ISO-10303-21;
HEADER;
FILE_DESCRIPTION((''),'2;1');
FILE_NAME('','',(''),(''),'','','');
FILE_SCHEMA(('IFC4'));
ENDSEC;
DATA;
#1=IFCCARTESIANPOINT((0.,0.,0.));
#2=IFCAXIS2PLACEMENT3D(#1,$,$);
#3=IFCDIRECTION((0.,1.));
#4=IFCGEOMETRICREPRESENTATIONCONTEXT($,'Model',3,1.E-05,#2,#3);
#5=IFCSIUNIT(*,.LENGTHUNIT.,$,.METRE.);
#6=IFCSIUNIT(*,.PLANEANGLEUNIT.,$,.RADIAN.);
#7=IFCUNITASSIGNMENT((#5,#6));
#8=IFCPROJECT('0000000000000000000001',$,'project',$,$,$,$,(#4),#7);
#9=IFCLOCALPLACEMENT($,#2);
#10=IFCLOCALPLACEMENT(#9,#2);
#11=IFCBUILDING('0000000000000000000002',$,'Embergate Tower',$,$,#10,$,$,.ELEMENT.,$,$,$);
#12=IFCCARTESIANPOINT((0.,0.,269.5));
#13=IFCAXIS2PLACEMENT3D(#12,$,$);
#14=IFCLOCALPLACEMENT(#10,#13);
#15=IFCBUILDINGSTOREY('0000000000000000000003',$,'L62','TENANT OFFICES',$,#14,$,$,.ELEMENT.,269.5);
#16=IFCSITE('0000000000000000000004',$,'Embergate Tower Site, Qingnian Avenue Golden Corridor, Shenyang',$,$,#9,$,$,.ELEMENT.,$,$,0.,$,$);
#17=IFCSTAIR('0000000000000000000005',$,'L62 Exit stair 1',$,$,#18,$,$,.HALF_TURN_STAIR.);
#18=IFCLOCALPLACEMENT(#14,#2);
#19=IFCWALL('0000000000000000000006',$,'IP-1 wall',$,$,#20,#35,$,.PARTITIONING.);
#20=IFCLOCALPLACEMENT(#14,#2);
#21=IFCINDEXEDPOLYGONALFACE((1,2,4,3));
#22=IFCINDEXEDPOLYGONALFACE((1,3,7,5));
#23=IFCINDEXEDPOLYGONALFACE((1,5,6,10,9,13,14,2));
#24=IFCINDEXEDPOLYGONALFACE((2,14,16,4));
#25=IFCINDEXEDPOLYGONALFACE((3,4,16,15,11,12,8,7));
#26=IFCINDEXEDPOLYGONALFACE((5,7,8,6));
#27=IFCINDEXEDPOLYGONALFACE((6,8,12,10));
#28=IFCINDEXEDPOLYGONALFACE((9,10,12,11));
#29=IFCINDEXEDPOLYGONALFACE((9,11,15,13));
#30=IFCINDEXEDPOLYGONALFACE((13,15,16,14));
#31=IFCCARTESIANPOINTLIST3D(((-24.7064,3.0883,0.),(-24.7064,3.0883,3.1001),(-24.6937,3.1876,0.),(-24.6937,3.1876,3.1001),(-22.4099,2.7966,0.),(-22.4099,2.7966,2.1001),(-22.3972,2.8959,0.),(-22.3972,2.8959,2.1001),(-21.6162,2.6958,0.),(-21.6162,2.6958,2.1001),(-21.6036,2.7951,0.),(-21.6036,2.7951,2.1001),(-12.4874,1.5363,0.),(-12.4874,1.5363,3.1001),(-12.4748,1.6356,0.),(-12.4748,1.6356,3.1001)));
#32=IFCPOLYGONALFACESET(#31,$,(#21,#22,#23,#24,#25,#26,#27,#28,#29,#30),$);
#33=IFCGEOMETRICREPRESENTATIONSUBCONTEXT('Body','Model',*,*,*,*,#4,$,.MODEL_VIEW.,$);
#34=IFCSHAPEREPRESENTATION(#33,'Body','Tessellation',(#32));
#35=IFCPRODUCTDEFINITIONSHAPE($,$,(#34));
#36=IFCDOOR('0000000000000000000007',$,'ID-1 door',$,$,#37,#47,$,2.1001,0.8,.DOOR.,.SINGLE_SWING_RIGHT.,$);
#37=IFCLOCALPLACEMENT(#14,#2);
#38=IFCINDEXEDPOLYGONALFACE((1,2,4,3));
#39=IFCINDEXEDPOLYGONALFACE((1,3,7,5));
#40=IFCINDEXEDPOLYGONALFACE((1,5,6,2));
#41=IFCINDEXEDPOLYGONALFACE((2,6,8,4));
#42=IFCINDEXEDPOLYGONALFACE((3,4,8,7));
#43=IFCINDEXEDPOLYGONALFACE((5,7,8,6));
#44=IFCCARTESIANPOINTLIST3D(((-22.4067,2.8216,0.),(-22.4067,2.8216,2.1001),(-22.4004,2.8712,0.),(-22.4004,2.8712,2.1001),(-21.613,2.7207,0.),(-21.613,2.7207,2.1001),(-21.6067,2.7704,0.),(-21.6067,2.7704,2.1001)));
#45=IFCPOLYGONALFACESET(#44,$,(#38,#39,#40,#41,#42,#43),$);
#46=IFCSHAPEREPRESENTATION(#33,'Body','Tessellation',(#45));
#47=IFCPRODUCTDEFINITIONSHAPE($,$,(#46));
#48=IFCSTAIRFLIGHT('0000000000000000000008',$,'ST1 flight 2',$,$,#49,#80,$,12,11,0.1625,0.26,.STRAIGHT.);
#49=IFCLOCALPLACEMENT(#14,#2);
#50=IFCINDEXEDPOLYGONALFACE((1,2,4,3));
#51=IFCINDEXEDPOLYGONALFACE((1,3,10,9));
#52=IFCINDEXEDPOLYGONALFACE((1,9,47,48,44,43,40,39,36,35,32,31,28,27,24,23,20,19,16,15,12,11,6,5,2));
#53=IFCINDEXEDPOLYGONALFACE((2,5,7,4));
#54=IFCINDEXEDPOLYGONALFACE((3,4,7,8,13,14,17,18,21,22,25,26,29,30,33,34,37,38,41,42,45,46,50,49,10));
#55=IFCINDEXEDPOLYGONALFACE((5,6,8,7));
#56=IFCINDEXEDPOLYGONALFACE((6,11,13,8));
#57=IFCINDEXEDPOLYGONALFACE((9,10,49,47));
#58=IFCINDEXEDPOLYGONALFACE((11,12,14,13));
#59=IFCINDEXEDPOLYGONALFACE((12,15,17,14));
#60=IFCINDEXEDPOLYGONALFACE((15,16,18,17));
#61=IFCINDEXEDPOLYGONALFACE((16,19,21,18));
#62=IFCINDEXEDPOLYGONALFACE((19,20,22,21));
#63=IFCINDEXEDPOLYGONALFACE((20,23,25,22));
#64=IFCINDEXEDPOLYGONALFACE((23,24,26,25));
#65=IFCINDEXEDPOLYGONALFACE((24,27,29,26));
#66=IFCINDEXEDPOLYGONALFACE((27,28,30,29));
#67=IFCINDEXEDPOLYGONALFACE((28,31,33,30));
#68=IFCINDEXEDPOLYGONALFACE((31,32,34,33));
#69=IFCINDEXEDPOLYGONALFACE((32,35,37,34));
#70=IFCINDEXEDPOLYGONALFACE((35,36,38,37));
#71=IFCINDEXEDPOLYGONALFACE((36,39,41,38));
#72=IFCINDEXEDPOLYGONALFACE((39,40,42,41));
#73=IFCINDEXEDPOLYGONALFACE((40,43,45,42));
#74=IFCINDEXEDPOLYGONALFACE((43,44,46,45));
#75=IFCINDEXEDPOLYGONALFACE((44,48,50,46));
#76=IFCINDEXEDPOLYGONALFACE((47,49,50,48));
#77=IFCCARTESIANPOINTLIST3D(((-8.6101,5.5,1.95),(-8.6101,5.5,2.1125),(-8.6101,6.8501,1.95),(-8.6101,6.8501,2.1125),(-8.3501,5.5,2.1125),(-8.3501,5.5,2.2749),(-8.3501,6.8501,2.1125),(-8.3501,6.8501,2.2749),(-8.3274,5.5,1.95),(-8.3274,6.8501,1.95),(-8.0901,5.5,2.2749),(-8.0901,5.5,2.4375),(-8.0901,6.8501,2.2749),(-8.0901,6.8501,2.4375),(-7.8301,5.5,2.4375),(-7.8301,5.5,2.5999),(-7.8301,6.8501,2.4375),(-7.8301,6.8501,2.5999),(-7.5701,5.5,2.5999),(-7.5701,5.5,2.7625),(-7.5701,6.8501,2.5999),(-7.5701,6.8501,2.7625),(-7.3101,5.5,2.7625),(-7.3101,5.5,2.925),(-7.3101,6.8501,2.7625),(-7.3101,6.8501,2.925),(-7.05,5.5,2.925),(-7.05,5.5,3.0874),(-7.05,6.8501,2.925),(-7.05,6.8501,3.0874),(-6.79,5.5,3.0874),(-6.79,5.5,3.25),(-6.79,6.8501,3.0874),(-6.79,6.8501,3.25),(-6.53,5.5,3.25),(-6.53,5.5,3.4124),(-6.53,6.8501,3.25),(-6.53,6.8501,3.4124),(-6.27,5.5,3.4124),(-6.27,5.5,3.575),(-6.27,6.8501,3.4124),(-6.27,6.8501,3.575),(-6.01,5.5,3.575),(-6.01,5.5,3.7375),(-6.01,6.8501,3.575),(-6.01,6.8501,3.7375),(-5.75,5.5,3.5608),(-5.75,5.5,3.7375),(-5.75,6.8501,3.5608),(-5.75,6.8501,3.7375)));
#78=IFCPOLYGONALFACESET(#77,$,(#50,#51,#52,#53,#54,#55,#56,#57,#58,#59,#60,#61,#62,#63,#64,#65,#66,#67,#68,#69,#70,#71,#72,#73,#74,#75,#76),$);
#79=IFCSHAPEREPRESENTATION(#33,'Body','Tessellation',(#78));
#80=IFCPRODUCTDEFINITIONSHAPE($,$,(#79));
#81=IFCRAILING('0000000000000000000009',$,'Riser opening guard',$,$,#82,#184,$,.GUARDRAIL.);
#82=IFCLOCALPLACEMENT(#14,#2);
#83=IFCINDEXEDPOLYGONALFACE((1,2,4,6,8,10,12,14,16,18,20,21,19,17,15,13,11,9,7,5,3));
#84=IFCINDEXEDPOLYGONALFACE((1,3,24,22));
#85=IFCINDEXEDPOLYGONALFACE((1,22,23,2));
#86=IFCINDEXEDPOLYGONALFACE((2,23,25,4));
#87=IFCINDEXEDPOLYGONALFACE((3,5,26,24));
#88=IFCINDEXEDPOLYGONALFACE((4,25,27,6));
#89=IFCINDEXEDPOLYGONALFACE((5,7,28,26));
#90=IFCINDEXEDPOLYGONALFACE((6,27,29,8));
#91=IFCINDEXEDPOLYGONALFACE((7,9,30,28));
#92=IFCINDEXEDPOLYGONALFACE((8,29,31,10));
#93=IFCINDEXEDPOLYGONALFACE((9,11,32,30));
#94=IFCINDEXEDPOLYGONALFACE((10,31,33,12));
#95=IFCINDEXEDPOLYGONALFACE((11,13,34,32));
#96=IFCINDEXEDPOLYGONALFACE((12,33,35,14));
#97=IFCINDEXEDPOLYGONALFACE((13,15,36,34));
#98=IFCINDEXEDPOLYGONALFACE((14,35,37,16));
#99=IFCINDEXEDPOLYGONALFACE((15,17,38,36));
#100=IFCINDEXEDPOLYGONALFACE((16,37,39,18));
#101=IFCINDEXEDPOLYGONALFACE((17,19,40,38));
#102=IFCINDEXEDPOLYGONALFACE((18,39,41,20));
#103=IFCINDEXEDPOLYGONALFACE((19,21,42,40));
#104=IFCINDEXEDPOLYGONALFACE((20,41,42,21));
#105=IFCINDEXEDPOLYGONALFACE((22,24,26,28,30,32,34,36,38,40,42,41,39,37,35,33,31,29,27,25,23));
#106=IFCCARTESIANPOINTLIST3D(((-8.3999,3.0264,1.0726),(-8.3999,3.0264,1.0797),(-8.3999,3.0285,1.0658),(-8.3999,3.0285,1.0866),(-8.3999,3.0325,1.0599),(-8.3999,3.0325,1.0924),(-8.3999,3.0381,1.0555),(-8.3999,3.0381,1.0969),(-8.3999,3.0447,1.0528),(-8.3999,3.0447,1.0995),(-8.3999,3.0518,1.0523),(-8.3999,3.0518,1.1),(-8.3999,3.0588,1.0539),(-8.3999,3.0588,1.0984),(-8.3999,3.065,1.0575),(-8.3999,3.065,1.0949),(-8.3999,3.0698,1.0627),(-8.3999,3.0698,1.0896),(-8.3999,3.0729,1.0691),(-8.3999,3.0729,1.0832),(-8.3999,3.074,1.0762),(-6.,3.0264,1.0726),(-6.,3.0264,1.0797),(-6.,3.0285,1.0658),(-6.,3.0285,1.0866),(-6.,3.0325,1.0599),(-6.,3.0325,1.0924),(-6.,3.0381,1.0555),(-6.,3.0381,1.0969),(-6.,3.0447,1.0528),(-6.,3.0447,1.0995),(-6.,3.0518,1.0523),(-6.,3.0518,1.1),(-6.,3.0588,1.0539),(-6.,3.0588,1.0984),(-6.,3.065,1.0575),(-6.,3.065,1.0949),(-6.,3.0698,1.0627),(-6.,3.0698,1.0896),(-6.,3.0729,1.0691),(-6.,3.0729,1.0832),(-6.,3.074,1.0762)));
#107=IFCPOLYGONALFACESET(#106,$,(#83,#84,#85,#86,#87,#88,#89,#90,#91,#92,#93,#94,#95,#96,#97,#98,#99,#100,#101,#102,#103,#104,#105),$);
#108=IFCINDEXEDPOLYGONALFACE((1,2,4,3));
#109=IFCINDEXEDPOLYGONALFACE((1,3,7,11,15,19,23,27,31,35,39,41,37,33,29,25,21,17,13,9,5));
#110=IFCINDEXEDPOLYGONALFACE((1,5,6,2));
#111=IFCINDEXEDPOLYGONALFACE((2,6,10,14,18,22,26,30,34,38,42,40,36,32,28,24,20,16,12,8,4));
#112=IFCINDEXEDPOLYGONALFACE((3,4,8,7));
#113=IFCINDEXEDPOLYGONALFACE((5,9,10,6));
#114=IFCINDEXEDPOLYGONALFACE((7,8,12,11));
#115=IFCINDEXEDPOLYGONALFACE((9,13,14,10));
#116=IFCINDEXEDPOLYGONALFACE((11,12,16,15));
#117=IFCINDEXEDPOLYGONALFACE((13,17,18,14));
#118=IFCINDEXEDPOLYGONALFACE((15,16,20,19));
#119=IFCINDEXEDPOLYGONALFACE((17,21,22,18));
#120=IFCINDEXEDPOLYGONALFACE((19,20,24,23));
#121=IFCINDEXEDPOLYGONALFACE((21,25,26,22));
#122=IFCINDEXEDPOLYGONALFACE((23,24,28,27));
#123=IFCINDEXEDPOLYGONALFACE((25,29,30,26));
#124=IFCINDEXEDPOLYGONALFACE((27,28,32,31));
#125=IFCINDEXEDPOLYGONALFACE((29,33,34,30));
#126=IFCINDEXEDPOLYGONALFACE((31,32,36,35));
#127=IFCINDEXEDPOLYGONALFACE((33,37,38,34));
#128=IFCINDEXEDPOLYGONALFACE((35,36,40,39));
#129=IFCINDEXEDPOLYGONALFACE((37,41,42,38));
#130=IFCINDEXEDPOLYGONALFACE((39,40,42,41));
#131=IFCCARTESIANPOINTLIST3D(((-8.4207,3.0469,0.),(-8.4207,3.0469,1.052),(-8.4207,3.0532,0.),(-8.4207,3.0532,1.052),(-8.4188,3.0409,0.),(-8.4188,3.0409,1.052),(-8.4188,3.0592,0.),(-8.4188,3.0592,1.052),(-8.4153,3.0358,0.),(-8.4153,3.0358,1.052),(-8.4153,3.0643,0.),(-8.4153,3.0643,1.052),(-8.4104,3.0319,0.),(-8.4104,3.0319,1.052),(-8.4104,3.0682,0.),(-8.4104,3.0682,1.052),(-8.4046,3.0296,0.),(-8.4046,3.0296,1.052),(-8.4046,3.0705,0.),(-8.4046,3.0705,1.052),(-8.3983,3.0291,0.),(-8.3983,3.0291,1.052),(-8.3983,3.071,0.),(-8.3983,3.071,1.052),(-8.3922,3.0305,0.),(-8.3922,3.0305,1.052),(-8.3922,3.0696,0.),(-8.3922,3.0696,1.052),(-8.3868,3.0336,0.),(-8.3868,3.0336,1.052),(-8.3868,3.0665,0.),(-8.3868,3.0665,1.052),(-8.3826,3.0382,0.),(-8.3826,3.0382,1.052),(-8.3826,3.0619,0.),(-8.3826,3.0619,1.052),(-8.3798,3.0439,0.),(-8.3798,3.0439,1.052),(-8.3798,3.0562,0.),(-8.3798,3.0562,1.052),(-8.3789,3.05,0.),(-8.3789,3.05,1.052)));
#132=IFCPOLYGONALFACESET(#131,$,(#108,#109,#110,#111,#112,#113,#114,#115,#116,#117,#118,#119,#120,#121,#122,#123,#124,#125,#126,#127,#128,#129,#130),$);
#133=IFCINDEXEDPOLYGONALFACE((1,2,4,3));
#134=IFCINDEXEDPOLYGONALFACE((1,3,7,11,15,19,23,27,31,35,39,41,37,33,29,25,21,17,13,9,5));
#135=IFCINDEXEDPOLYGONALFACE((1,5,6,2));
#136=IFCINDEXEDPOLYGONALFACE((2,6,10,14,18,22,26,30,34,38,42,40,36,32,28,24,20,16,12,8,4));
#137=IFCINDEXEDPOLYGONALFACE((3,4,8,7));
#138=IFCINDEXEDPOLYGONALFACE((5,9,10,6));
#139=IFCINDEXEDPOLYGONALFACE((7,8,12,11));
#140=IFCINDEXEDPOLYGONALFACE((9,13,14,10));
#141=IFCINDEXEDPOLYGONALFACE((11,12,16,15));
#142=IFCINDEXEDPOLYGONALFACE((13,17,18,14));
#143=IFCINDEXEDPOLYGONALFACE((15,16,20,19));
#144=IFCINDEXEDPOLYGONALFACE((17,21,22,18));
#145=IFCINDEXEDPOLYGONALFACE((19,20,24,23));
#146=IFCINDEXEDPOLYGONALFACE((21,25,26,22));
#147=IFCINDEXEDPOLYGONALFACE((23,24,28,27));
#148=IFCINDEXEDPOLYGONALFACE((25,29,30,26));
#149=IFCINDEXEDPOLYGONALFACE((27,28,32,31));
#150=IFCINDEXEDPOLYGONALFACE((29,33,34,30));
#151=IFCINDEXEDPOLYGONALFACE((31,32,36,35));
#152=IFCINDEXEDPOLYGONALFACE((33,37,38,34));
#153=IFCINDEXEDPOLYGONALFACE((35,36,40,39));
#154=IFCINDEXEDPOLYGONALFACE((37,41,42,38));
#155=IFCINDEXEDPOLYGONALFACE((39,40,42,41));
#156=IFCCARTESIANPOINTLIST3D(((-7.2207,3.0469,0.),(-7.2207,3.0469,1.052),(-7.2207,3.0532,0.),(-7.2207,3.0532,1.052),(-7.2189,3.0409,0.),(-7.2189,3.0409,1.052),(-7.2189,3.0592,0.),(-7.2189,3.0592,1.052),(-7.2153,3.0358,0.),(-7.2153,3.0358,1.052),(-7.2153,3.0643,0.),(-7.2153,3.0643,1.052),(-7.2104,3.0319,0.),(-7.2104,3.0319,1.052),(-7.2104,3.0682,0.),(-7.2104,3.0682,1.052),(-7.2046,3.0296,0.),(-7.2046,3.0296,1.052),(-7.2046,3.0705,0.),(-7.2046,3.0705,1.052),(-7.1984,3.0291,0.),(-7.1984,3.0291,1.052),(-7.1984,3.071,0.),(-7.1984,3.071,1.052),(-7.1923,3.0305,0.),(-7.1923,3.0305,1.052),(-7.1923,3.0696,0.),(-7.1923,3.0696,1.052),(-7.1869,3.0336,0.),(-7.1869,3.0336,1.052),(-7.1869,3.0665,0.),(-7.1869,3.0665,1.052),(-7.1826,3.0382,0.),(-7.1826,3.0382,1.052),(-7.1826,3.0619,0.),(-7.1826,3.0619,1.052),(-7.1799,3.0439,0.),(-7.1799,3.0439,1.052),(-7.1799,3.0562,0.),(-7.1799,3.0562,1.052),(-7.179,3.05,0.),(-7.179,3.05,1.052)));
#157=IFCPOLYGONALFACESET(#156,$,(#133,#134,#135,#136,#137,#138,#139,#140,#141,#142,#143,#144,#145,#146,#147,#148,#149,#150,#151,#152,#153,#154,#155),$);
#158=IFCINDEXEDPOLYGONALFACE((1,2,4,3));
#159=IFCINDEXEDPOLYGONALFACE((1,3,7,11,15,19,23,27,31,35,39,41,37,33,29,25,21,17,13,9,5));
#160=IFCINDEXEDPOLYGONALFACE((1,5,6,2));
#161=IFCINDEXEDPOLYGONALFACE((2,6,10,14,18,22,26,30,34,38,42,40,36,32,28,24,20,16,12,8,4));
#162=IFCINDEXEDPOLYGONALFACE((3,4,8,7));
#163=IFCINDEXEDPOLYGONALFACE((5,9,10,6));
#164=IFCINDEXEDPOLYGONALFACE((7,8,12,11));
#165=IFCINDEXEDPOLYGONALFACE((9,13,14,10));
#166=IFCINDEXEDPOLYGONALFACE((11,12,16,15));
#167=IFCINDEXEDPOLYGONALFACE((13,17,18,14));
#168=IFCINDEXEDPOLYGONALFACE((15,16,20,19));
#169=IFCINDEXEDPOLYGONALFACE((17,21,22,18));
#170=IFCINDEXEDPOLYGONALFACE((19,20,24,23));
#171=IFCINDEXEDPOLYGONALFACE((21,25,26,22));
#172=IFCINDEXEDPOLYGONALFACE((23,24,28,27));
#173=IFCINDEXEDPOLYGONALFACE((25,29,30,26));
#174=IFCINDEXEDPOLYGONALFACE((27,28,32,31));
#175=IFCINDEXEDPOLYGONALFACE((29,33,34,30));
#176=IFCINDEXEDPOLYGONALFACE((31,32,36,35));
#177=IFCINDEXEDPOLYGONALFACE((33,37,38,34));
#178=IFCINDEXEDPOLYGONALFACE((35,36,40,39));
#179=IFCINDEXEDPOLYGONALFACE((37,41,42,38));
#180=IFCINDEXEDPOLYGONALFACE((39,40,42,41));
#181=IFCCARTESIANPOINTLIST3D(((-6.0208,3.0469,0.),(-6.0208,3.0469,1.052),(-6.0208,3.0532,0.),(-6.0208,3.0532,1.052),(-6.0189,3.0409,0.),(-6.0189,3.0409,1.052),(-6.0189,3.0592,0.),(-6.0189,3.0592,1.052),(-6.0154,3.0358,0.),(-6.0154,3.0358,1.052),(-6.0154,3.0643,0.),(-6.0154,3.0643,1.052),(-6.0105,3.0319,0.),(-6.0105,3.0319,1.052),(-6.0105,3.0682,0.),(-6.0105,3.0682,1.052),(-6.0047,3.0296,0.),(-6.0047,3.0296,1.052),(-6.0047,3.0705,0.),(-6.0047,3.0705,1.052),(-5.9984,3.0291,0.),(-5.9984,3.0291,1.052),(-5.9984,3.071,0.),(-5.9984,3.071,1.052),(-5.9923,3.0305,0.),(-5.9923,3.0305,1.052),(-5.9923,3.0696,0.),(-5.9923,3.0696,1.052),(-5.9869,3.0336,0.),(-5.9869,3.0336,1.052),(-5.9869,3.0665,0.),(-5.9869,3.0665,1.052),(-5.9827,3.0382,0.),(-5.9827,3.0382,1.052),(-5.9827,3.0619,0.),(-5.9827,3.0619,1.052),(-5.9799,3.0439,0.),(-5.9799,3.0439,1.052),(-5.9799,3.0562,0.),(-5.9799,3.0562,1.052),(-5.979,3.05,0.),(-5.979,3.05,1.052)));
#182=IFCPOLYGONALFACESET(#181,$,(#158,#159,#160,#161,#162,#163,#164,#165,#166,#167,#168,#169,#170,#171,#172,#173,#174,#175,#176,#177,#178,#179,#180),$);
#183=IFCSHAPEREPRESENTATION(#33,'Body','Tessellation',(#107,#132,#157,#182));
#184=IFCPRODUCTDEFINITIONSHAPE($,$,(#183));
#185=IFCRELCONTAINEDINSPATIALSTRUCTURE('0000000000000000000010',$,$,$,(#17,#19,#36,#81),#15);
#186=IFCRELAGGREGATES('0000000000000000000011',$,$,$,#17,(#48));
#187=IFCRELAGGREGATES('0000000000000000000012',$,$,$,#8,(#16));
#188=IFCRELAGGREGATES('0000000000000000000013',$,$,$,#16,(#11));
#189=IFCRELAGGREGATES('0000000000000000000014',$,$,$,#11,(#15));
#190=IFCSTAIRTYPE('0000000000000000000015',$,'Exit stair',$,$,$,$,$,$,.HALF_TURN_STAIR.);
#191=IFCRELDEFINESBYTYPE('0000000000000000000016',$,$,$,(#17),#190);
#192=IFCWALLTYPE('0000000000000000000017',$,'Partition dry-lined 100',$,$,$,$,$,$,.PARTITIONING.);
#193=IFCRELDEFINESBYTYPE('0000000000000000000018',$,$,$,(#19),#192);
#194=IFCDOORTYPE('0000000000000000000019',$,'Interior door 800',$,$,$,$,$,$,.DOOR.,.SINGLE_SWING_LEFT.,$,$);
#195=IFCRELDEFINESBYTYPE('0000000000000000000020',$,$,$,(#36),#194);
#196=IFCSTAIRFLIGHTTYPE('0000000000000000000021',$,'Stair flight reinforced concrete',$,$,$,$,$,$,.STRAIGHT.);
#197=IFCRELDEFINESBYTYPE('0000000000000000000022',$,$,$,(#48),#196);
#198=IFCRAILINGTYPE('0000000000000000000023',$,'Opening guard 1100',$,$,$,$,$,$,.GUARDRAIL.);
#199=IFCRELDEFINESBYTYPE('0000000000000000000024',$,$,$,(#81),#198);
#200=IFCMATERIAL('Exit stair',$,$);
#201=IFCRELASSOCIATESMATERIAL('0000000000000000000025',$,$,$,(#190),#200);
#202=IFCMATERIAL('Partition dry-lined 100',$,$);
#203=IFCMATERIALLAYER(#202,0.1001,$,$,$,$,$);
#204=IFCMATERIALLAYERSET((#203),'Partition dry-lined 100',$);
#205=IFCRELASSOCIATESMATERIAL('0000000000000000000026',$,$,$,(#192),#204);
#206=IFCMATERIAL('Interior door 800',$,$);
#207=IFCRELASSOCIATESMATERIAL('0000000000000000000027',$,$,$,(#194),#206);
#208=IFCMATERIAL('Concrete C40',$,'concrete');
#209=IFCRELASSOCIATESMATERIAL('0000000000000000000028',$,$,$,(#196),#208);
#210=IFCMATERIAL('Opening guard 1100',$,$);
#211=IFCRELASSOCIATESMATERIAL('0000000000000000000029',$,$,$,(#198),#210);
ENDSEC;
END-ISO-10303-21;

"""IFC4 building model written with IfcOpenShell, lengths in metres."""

from ifc_helpers import new_model, si_unit, direction, frame, frame_2d, origin, origin_2d, place, context, subcontext, project, spatial, polyline, rectangle, circle, outline, extrude, source, transform, mapped, material, layer, layer_set, type_object, element, fill, aggregate, save


model = new_model("IFC4")

# Units and contexts
model_context = context("Model", 3, precision=1e-05, world=origin(), true_north=direction((0.0, 1.0)))
body_context = subcontext(model_context, "Body", "Model", "MODEL_VIEW")
ifc_project = project(units=[si_unit("LENGTHUNIT", "METRE"), si_unit("PLANEANGLEUNIT", "RADIAN")], contexts=[model_context])

# Site, building, storey
site_placement = place(None, origin())
site = spatial("IfcSite", under=ifc_project, at=site_placement, Name="Embergate Tower Site, Qingnian Avenue Golden Corridor, Shenyang", CompositionType="ELEMENT", RefElevation=0.0)
building_placement = place(site_placement, origin())
building = spatial("IfcBuilding", under=site, at=building_placement, Name="Embergate Tower", CompositionType="ELEMENT")
storey_placement = place(building_placement, frame((0.0, 0.0, 269.5)))
storey = spatial("IfcBuildingStorey", under=building, at=storey_placement, Name="L62", Description="TENANT OFFICES", CompositionType="ELEMENT", Elevation=269.5)

# Stair
ifc_material_1 = material(Name="Exit stair")
stair_type = type_object("IfcStairType", Name="Exit stair", PredefinedType="HALF_TURN_STAIR", material=ifc_material_1)
stair_placement = place(storey_placement, origin())
stair = element("IfcStair", 1, at=stair_placement, inside=storey, type_object=stair_type, Name="L62 Exit stair 1", PredefinedType="HALF_TURN_STAIR")
ifc_material_2 = material(Name="Concrete C40", Category="concrete")

# Shared definitions
shared_shape_1 = source(origin(), body_context, "Body", "SweptSolid", [
    extrude(rectangle(XDim=0.8, YDim=2.1001, at=frame_2d((0.3999, 1.05))), frame((0.0, 0.0249, 0.0), z_axis=(0.0, -1.0, 0.0), x_axis=(1.0, 0.0, 0.0)), (0.0, 0.0, 1.0), 0.05),
])

# Shared definitions
ifc_material_3 = material(Name="Partition dry-lined 100")
ifc_layer_1 = layer(ifc_material_3, 0.1001)
ifc_layer_set_1 = layer_set([ifc_layer_1], Name="Partition dry-lined 100")
wall_type_1 = type_object("IfcWallType", Name="Partition dry-lined 100", PredefinedType="PARTITIONING", material=ifc_layer_set_1)

# Wall, opening, door
shared_shape_2 = source(origin(), body_context, "Body", "SweptSolid", [
    extrude(rectangle(XDim=12.3171, YDim=0.1001, at=frame_2d((6.1587, 0.0))), origin(), (0.0, 0.0, 1.0), 3.1001),
])
wall_1_placement = place(storey_placement, frame((-12.481, 1.5859, 0.0), z_axis=(0.0, 0.0, 1.0), x_axis=(-0.99203, 0.126003, 0.0)))
wall_1 = element("IfcWall", 2, at=wall_1_placement, inside=storey, type_object=wall_type_1, Name="IP-1 wall", PredefinedType="PARTITIONING", context=body_context, shape_type="MappedRepresentation", body=[
    mapped(shared_shape_2, transform((0.0, 0.0, 0.0))),
])
shared_shape_3 = source(origin(), body_context, "Body", "SweptSolid", [
    extrude(rectangle(XDim=0.8, YDim=2.1001, at=frame_2d((0.3999, 1.05))), frame((0.0, 0.0601, 0.0), z_axis=(0.0, -1.0, 0.0), x_axis=(1.0, 0.0, 0.0)), (0.0, 0.0, 1.0), 0.1201),
])
opening_1_placement = place(wall_1_placement, frame((9.2024, 0.0, 0.0)))
opening_1 = element("IfcOpeningElement", 3, at=opening_1_placement, cuts=wall_1, PredefinedType="OPENING", context=body_context, shape_type="MappedRepresentation", body=[
    mapped(shared_shape_3, transform((0.0, 0.0, 0.0))),
])
ifc_material_4 = material(Name="Interior door 800")
door_type_1 = type_object("IfcDoorType", Name="Interior door 800", OperationType="SINGLE_SWING_LEFT", PredefinedType="DOOR", material=ifc_material_4)
door_1_placement = place(opening_1_placement, origin())
door_1 = element("IfcDoor", 4, at=door_1_placement, inside=storey, type_object=door_type_1, Name="ID-1 door", OperationType="SINGLE_SWING_RIGHT", OverallHeight=2.1001, OverallWidth=0.8, PredefinedType="DOOR", context=body_context, shape_type="MappedRepresentation", body=[
    mapped(shared_shape_1, transform((0.0, 0.0, 0.0))),
])
fill(opening_1, door_1)

# Stair flight
stair_flight_type = type_object("IfcStairFlightType", Name="Stair flight reinforced concrete", PredefinedType="STRAIGHT", material=ifc_material_2)
shared_shape_4 = source(origin(), body_context, "Body", "SweptSolid", [
    extrude(outline(polyline([(0.0, 0.0), (0.0, 0.1626), (0.26, 0.1626), (0.26, 0.325), (0.52, 0.325), (0.52, 0.4875), (0.78, 0.4875), (0.78, 0.6499), (1.04, 0.6499), (1.04, 0.8125), (1.3, 0.8125), (1.3, 0.9751), (1.5601, 0.9751), (1.5601, 1.1375), (1.8201, 1.1375), (1.8201, 1.3), (2.0801, 1.3), (2.0801, 1.4624), (2.3401, 1.4624), (2.3401, 1.625), (2.6001, 1.625), (2.6001, 1.7876), (2.8601, 1.7876), (2.8601, 1.95), (2.8601, 1.6108), (0.2827, 0.0), (0.0, 0.0)])), frame((0.0, 0.675, 0.0), z_axis=(0.0, -1.0, 0.0), x_axis=(1.0, 0.0, 0.0)), (0.0, 0.0, 1.0), 1.3501),
])
stair_flight_placement = place(storey_placement, frame((-8.6101, 6.175, 1.95), z_axis=(0.0, 0.0, 1.0), x_axis=(1.0, 0.0, 0.0)))
stair_flight = element("IfcStairFlight", 5, at=stair_flight_placement, type_object=stair_flight_type, Name="ST1 flight 2", NumberOfRisers=12, NumberOfTreads=11, PredefinedType="STRAIGHT", RiserHeight=0.1625, TreadLength=0.26, context=body_context, shape_type="MappedRepresentation", body=[
    mapped(shared_shape_4, transform((0.0, 0.0, 0.0))),
])
aggregate(stair, [stair_flight])

# Railing
ifc_material_5 = material(Name="Opening guard 1100")
railing_type = type_object("IfcRailingType", Name="Opening guard 1100", PredefinedType="GUARDRAIL", material=ifc_material_5)
shared_shape_5 = source(origin(), body_context, "Body", "SweptSolid", [
    extrude(circle(Radius=0.0239, at=origin_2d()), frame((0.0, 0.0, 1.0762), z_axis=(1.0, 0.0, 0.0), x_axis=(0.0, 1.0, 0.0)), (0.0, 0.0, 1.0), 2.3999),
    extrude(circle(Radius=0.021, at=origin_2d()), origin(), (0.0, 0.0, 1.0), 1.052),
    extrude(circle(Radius=0.021, at=origin_2d()), frame((1.2, 0.0, 0.0)), (0.0, 0.0, 1.0), 1.052),
    extrude(circle(Radius=0.021, at=origin_2d()), frame((2.3999, 0.0, 0.0)), (0.0, 0.0, 1.0), 1.052),
])
railing_placement = place(storey_placement, frame((-8.3999, 3.05, 0.0)))
element("IfcRailing", 6, at=railing_placement, inside=storey, type_object=railing_type, Name="Riser opening guard", PredefinedType="GUARDRAIL", context=body_context, shape_type="MappedRepresentation", body=[
    mapped(shared_shape_5, transform((0.0, 0.0, 0.0))),
])

save(model, "model.ifc")
